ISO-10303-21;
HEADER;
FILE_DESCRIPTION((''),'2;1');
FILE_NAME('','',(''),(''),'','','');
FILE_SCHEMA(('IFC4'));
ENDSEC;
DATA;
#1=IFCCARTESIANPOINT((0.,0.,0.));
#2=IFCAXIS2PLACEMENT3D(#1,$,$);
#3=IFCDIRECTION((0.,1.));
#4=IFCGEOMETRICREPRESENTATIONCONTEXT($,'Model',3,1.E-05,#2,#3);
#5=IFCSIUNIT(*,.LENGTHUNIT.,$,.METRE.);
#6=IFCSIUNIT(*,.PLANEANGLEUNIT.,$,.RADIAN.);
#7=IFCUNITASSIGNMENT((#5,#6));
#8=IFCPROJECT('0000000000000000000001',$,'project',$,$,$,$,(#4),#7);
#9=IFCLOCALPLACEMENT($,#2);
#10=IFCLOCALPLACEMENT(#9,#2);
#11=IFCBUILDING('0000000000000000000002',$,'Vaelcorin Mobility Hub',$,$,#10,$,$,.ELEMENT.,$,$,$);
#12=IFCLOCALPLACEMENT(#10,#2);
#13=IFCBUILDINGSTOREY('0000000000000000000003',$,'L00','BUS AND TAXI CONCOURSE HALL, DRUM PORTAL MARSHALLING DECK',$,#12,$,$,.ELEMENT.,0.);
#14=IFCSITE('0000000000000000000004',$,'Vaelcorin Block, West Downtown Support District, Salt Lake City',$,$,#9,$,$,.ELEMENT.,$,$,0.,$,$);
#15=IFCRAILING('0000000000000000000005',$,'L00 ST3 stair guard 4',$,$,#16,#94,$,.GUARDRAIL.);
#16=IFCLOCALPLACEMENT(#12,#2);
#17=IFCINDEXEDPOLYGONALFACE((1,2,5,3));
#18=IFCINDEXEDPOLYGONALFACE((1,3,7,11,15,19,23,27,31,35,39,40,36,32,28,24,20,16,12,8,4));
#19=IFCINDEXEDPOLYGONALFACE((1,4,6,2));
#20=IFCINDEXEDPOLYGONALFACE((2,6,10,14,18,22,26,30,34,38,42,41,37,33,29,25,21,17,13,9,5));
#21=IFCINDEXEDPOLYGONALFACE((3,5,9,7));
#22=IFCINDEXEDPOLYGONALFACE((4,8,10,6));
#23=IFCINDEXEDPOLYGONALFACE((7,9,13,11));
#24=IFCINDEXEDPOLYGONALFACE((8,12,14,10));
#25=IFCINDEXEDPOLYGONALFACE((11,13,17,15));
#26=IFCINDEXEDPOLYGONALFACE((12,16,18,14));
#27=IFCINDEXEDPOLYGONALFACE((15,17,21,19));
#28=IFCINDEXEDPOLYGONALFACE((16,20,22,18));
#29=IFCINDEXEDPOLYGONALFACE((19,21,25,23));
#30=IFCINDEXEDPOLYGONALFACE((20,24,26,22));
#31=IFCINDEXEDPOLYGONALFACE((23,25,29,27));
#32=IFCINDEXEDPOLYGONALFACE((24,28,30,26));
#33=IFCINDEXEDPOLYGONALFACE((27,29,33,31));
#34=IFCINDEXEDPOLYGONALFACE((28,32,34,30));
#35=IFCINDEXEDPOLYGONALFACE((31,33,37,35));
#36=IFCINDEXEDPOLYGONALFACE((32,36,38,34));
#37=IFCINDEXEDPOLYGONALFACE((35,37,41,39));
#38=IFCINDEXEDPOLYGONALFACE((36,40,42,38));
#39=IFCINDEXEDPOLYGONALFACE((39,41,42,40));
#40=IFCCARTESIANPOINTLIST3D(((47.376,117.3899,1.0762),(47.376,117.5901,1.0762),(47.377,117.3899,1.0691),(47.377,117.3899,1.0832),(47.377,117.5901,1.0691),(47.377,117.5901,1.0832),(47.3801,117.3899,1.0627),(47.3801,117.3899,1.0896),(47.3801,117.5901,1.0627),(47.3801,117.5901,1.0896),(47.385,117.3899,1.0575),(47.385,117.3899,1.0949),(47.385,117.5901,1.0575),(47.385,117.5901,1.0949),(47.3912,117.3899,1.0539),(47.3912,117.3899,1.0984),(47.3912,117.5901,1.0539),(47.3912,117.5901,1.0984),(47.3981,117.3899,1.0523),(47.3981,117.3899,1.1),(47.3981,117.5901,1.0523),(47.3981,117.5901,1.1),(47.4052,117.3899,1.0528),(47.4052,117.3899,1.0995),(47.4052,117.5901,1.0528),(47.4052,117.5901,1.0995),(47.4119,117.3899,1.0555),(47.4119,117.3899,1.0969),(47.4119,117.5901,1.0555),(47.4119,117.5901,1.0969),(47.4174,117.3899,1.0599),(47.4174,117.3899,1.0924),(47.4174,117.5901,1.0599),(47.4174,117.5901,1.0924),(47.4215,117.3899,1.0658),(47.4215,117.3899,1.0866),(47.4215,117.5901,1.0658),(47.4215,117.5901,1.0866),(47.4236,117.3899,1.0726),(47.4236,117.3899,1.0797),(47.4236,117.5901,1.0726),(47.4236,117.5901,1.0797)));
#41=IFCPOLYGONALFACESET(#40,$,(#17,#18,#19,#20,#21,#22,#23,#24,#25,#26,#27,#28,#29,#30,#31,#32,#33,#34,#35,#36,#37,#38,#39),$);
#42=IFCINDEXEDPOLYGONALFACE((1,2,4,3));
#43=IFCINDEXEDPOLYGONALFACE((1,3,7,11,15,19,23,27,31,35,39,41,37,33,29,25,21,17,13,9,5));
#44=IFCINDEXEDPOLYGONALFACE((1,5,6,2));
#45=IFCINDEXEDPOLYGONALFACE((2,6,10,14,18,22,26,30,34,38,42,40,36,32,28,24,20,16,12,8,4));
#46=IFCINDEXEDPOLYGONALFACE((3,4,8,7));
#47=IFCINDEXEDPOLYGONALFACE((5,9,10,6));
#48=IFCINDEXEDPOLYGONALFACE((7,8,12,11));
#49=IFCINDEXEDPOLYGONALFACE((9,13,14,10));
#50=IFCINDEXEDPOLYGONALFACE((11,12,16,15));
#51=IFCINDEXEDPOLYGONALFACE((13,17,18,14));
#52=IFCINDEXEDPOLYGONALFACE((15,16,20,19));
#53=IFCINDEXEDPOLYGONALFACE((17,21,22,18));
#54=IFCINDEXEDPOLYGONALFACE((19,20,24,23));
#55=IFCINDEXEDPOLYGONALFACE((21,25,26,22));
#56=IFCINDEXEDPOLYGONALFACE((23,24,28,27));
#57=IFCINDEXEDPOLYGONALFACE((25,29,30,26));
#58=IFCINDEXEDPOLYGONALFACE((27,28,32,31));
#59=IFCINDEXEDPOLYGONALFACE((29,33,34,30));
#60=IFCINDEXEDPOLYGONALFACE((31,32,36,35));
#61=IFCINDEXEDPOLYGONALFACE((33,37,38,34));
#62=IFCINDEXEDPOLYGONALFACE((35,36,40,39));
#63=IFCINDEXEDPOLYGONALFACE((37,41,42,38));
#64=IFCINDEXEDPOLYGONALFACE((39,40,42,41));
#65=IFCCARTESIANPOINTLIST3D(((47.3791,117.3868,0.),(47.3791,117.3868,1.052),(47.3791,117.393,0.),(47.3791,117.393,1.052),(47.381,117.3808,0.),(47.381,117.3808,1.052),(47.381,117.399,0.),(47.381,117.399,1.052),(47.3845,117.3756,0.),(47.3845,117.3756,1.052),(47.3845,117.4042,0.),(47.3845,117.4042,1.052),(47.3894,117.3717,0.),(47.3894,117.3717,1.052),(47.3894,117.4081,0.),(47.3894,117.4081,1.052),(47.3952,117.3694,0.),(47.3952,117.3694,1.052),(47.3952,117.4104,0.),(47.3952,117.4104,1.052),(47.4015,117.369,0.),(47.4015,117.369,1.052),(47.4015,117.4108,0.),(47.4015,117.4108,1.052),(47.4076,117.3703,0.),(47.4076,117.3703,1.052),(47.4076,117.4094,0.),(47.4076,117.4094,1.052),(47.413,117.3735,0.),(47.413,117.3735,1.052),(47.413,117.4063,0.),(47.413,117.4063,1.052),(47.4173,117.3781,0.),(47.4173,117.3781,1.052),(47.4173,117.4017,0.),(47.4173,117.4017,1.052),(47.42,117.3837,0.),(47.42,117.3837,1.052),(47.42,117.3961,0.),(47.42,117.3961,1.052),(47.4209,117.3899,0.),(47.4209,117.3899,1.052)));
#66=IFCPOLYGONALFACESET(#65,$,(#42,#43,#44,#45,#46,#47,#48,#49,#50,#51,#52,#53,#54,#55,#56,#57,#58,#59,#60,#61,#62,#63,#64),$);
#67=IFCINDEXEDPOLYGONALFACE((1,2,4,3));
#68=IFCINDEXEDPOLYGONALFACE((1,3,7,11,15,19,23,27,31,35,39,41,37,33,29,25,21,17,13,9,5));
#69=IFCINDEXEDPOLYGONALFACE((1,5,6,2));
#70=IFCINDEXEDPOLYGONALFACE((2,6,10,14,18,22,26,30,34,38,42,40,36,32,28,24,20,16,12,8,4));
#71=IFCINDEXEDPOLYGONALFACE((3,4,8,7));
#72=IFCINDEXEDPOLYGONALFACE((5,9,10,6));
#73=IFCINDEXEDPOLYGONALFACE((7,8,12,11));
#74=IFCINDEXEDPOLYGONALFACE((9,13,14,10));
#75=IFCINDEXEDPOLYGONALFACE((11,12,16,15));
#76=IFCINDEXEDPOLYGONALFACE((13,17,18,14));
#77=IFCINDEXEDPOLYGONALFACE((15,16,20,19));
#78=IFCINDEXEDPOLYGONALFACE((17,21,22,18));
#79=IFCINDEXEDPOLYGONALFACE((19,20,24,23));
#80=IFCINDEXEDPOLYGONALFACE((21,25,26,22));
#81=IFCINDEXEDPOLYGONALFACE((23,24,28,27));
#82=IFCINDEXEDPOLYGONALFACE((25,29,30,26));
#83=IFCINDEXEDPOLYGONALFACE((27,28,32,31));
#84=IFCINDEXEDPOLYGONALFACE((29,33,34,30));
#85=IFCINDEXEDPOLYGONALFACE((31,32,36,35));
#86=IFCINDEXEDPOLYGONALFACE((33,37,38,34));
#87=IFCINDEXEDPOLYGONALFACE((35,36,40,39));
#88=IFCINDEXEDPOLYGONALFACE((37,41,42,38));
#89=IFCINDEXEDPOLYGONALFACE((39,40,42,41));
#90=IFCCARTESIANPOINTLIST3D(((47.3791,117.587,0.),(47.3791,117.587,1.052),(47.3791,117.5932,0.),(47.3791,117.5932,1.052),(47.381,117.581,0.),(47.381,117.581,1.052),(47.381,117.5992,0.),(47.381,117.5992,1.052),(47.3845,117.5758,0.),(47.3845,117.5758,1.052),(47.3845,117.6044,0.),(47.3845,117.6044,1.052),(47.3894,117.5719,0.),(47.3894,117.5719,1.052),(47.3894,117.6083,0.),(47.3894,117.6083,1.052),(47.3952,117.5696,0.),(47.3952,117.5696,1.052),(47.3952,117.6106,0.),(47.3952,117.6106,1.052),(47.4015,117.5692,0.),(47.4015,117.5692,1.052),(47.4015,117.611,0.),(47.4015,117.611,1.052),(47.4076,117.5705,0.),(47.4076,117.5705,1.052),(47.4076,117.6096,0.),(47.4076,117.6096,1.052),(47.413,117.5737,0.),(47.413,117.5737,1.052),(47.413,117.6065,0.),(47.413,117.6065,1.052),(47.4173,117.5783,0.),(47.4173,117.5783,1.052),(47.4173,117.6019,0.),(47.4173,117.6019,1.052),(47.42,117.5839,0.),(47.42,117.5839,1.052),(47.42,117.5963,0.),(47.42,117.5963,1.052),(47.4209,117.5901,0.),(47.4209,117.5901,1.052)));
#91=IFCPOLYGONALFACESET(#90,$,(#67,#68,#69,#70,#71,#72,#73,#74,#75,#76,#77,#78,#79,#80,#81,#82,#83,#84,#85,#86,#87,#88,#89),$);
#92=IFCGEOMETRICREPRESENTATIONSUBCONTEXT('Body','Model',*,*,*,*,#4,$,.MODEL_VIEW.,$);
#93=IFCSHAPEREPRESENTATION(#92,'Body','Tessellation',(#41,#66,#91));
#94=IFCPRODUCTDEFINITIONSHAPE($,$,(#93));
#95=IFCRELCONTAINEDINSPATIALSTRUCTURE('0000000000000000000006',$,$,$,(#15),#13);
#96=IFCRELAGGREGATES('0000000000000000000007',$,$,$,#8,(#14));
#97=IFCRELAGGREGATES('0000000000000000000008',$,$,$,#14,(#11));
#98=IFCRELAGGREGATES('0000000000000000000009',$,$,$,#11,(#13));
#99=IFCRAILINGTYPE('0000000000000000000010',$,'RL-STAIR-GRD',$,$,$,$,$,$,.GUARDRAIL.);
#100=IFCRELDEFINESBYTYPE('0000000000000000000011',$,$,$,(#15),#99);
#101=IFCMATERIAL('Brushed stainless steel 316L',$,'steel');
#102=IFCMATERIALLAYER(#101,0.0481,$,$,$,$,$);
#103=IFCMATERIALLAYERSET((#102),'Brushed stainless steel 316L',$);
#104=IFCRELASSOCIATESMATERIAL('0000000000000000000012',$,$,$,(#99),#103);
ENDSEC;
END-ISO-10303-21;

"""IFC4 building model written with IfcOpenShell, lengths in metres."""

from ifc_helpers import new_model, si_unit, direction, frame, origin, origin_2d, place, context, subcontext, project, spatial, circle, extrude, material, layer, layer_set, type_object, element, save


model = new_model("IFC4")

# Units and contexts
model_context = context("Model", 3, precision=1e-05, world=origin(), true_north=direction((0.0, 1.0)))
body_context = subcontext(model_context, "Body", "Model", "MODEL_VIEW")
ifc_project = project(units=[si_unit("LENGTHUNIT", "METRE"), si_unit("PLANEANGLEUNIT", "RADIAN")], contexts=[model_context])

# Site, building, storey
site_placement = place(None, origin())
site = spatial("IfcSite", under=ifc_project, at=site_placement, Name="Vaelcorin Block, West Downtown Support District, Salt Lake City", CompositionType="ELEMENT", RefElevation=0.0)
building_placement = place(site_placement, origin())
building = spatial("IfcBuilding", under=site, at=building_placement, Name="Vaelcorin Mobility Hub", CompositionType="ELEMENT")
storey_placement = place(building_placement, origin())
storey = spatial("IfcBuildingStorey", under=building, at=storey_placement, Name="L00", Description="BUS AND TAXI CONCOURSE HALL, DRUM PORTAL MARSHALLING DECK", CompositionType="ELEMENT", Elevation=0.0)

# Railing
ifc_material_1 = material(Name="Brushed stainless steel 316L", Category="steel")
ifc_layer_1 = layer(ifc_material_1, 0.0481)
ifc_layer_set_1 = layer_set([ifc_layer_1], Name="Brushed stainless steel 316L")
railing_type_1 = type_object("IfcRailingType", Name="RL-STAIR-GRD", PredefinedType="GUARDRAIL", material=ifc_layer_set_1)
railing_1_placement = place(storey_placement, frame((47.3999, 117.3899, 0.0)))
element("IfcRailing", 1, at=railing_1_placement, inside=storey, type_object=railing_type_1, Name="L00 ST3 stair guard 4", PredefinedType="GUARDRAIL", context=body_context, shape_type="SweptSolid", body=[
    extrude(circle(Radius=0.0239, at=origin_2d()), frame((0.0, 0.0, 1.0762), z_axis=(0.0, 1.0, 0.0), x_axis=(-1.0, 0.0, 0.0)), (0.0, 0.0, 1.0), 0.2002),
    extrude(circle(Radius=0.021, at=origin_2d()), origin(), (0.0, 0.0, 1.0), 1.052),
    extrude(circle(Radius=0.021, at=origin_2d()), frame((0.0, 0.2002, 0.0)), (0.0, 0.0, 1.0), 1.052),
])

save(model, "model.ifc")
